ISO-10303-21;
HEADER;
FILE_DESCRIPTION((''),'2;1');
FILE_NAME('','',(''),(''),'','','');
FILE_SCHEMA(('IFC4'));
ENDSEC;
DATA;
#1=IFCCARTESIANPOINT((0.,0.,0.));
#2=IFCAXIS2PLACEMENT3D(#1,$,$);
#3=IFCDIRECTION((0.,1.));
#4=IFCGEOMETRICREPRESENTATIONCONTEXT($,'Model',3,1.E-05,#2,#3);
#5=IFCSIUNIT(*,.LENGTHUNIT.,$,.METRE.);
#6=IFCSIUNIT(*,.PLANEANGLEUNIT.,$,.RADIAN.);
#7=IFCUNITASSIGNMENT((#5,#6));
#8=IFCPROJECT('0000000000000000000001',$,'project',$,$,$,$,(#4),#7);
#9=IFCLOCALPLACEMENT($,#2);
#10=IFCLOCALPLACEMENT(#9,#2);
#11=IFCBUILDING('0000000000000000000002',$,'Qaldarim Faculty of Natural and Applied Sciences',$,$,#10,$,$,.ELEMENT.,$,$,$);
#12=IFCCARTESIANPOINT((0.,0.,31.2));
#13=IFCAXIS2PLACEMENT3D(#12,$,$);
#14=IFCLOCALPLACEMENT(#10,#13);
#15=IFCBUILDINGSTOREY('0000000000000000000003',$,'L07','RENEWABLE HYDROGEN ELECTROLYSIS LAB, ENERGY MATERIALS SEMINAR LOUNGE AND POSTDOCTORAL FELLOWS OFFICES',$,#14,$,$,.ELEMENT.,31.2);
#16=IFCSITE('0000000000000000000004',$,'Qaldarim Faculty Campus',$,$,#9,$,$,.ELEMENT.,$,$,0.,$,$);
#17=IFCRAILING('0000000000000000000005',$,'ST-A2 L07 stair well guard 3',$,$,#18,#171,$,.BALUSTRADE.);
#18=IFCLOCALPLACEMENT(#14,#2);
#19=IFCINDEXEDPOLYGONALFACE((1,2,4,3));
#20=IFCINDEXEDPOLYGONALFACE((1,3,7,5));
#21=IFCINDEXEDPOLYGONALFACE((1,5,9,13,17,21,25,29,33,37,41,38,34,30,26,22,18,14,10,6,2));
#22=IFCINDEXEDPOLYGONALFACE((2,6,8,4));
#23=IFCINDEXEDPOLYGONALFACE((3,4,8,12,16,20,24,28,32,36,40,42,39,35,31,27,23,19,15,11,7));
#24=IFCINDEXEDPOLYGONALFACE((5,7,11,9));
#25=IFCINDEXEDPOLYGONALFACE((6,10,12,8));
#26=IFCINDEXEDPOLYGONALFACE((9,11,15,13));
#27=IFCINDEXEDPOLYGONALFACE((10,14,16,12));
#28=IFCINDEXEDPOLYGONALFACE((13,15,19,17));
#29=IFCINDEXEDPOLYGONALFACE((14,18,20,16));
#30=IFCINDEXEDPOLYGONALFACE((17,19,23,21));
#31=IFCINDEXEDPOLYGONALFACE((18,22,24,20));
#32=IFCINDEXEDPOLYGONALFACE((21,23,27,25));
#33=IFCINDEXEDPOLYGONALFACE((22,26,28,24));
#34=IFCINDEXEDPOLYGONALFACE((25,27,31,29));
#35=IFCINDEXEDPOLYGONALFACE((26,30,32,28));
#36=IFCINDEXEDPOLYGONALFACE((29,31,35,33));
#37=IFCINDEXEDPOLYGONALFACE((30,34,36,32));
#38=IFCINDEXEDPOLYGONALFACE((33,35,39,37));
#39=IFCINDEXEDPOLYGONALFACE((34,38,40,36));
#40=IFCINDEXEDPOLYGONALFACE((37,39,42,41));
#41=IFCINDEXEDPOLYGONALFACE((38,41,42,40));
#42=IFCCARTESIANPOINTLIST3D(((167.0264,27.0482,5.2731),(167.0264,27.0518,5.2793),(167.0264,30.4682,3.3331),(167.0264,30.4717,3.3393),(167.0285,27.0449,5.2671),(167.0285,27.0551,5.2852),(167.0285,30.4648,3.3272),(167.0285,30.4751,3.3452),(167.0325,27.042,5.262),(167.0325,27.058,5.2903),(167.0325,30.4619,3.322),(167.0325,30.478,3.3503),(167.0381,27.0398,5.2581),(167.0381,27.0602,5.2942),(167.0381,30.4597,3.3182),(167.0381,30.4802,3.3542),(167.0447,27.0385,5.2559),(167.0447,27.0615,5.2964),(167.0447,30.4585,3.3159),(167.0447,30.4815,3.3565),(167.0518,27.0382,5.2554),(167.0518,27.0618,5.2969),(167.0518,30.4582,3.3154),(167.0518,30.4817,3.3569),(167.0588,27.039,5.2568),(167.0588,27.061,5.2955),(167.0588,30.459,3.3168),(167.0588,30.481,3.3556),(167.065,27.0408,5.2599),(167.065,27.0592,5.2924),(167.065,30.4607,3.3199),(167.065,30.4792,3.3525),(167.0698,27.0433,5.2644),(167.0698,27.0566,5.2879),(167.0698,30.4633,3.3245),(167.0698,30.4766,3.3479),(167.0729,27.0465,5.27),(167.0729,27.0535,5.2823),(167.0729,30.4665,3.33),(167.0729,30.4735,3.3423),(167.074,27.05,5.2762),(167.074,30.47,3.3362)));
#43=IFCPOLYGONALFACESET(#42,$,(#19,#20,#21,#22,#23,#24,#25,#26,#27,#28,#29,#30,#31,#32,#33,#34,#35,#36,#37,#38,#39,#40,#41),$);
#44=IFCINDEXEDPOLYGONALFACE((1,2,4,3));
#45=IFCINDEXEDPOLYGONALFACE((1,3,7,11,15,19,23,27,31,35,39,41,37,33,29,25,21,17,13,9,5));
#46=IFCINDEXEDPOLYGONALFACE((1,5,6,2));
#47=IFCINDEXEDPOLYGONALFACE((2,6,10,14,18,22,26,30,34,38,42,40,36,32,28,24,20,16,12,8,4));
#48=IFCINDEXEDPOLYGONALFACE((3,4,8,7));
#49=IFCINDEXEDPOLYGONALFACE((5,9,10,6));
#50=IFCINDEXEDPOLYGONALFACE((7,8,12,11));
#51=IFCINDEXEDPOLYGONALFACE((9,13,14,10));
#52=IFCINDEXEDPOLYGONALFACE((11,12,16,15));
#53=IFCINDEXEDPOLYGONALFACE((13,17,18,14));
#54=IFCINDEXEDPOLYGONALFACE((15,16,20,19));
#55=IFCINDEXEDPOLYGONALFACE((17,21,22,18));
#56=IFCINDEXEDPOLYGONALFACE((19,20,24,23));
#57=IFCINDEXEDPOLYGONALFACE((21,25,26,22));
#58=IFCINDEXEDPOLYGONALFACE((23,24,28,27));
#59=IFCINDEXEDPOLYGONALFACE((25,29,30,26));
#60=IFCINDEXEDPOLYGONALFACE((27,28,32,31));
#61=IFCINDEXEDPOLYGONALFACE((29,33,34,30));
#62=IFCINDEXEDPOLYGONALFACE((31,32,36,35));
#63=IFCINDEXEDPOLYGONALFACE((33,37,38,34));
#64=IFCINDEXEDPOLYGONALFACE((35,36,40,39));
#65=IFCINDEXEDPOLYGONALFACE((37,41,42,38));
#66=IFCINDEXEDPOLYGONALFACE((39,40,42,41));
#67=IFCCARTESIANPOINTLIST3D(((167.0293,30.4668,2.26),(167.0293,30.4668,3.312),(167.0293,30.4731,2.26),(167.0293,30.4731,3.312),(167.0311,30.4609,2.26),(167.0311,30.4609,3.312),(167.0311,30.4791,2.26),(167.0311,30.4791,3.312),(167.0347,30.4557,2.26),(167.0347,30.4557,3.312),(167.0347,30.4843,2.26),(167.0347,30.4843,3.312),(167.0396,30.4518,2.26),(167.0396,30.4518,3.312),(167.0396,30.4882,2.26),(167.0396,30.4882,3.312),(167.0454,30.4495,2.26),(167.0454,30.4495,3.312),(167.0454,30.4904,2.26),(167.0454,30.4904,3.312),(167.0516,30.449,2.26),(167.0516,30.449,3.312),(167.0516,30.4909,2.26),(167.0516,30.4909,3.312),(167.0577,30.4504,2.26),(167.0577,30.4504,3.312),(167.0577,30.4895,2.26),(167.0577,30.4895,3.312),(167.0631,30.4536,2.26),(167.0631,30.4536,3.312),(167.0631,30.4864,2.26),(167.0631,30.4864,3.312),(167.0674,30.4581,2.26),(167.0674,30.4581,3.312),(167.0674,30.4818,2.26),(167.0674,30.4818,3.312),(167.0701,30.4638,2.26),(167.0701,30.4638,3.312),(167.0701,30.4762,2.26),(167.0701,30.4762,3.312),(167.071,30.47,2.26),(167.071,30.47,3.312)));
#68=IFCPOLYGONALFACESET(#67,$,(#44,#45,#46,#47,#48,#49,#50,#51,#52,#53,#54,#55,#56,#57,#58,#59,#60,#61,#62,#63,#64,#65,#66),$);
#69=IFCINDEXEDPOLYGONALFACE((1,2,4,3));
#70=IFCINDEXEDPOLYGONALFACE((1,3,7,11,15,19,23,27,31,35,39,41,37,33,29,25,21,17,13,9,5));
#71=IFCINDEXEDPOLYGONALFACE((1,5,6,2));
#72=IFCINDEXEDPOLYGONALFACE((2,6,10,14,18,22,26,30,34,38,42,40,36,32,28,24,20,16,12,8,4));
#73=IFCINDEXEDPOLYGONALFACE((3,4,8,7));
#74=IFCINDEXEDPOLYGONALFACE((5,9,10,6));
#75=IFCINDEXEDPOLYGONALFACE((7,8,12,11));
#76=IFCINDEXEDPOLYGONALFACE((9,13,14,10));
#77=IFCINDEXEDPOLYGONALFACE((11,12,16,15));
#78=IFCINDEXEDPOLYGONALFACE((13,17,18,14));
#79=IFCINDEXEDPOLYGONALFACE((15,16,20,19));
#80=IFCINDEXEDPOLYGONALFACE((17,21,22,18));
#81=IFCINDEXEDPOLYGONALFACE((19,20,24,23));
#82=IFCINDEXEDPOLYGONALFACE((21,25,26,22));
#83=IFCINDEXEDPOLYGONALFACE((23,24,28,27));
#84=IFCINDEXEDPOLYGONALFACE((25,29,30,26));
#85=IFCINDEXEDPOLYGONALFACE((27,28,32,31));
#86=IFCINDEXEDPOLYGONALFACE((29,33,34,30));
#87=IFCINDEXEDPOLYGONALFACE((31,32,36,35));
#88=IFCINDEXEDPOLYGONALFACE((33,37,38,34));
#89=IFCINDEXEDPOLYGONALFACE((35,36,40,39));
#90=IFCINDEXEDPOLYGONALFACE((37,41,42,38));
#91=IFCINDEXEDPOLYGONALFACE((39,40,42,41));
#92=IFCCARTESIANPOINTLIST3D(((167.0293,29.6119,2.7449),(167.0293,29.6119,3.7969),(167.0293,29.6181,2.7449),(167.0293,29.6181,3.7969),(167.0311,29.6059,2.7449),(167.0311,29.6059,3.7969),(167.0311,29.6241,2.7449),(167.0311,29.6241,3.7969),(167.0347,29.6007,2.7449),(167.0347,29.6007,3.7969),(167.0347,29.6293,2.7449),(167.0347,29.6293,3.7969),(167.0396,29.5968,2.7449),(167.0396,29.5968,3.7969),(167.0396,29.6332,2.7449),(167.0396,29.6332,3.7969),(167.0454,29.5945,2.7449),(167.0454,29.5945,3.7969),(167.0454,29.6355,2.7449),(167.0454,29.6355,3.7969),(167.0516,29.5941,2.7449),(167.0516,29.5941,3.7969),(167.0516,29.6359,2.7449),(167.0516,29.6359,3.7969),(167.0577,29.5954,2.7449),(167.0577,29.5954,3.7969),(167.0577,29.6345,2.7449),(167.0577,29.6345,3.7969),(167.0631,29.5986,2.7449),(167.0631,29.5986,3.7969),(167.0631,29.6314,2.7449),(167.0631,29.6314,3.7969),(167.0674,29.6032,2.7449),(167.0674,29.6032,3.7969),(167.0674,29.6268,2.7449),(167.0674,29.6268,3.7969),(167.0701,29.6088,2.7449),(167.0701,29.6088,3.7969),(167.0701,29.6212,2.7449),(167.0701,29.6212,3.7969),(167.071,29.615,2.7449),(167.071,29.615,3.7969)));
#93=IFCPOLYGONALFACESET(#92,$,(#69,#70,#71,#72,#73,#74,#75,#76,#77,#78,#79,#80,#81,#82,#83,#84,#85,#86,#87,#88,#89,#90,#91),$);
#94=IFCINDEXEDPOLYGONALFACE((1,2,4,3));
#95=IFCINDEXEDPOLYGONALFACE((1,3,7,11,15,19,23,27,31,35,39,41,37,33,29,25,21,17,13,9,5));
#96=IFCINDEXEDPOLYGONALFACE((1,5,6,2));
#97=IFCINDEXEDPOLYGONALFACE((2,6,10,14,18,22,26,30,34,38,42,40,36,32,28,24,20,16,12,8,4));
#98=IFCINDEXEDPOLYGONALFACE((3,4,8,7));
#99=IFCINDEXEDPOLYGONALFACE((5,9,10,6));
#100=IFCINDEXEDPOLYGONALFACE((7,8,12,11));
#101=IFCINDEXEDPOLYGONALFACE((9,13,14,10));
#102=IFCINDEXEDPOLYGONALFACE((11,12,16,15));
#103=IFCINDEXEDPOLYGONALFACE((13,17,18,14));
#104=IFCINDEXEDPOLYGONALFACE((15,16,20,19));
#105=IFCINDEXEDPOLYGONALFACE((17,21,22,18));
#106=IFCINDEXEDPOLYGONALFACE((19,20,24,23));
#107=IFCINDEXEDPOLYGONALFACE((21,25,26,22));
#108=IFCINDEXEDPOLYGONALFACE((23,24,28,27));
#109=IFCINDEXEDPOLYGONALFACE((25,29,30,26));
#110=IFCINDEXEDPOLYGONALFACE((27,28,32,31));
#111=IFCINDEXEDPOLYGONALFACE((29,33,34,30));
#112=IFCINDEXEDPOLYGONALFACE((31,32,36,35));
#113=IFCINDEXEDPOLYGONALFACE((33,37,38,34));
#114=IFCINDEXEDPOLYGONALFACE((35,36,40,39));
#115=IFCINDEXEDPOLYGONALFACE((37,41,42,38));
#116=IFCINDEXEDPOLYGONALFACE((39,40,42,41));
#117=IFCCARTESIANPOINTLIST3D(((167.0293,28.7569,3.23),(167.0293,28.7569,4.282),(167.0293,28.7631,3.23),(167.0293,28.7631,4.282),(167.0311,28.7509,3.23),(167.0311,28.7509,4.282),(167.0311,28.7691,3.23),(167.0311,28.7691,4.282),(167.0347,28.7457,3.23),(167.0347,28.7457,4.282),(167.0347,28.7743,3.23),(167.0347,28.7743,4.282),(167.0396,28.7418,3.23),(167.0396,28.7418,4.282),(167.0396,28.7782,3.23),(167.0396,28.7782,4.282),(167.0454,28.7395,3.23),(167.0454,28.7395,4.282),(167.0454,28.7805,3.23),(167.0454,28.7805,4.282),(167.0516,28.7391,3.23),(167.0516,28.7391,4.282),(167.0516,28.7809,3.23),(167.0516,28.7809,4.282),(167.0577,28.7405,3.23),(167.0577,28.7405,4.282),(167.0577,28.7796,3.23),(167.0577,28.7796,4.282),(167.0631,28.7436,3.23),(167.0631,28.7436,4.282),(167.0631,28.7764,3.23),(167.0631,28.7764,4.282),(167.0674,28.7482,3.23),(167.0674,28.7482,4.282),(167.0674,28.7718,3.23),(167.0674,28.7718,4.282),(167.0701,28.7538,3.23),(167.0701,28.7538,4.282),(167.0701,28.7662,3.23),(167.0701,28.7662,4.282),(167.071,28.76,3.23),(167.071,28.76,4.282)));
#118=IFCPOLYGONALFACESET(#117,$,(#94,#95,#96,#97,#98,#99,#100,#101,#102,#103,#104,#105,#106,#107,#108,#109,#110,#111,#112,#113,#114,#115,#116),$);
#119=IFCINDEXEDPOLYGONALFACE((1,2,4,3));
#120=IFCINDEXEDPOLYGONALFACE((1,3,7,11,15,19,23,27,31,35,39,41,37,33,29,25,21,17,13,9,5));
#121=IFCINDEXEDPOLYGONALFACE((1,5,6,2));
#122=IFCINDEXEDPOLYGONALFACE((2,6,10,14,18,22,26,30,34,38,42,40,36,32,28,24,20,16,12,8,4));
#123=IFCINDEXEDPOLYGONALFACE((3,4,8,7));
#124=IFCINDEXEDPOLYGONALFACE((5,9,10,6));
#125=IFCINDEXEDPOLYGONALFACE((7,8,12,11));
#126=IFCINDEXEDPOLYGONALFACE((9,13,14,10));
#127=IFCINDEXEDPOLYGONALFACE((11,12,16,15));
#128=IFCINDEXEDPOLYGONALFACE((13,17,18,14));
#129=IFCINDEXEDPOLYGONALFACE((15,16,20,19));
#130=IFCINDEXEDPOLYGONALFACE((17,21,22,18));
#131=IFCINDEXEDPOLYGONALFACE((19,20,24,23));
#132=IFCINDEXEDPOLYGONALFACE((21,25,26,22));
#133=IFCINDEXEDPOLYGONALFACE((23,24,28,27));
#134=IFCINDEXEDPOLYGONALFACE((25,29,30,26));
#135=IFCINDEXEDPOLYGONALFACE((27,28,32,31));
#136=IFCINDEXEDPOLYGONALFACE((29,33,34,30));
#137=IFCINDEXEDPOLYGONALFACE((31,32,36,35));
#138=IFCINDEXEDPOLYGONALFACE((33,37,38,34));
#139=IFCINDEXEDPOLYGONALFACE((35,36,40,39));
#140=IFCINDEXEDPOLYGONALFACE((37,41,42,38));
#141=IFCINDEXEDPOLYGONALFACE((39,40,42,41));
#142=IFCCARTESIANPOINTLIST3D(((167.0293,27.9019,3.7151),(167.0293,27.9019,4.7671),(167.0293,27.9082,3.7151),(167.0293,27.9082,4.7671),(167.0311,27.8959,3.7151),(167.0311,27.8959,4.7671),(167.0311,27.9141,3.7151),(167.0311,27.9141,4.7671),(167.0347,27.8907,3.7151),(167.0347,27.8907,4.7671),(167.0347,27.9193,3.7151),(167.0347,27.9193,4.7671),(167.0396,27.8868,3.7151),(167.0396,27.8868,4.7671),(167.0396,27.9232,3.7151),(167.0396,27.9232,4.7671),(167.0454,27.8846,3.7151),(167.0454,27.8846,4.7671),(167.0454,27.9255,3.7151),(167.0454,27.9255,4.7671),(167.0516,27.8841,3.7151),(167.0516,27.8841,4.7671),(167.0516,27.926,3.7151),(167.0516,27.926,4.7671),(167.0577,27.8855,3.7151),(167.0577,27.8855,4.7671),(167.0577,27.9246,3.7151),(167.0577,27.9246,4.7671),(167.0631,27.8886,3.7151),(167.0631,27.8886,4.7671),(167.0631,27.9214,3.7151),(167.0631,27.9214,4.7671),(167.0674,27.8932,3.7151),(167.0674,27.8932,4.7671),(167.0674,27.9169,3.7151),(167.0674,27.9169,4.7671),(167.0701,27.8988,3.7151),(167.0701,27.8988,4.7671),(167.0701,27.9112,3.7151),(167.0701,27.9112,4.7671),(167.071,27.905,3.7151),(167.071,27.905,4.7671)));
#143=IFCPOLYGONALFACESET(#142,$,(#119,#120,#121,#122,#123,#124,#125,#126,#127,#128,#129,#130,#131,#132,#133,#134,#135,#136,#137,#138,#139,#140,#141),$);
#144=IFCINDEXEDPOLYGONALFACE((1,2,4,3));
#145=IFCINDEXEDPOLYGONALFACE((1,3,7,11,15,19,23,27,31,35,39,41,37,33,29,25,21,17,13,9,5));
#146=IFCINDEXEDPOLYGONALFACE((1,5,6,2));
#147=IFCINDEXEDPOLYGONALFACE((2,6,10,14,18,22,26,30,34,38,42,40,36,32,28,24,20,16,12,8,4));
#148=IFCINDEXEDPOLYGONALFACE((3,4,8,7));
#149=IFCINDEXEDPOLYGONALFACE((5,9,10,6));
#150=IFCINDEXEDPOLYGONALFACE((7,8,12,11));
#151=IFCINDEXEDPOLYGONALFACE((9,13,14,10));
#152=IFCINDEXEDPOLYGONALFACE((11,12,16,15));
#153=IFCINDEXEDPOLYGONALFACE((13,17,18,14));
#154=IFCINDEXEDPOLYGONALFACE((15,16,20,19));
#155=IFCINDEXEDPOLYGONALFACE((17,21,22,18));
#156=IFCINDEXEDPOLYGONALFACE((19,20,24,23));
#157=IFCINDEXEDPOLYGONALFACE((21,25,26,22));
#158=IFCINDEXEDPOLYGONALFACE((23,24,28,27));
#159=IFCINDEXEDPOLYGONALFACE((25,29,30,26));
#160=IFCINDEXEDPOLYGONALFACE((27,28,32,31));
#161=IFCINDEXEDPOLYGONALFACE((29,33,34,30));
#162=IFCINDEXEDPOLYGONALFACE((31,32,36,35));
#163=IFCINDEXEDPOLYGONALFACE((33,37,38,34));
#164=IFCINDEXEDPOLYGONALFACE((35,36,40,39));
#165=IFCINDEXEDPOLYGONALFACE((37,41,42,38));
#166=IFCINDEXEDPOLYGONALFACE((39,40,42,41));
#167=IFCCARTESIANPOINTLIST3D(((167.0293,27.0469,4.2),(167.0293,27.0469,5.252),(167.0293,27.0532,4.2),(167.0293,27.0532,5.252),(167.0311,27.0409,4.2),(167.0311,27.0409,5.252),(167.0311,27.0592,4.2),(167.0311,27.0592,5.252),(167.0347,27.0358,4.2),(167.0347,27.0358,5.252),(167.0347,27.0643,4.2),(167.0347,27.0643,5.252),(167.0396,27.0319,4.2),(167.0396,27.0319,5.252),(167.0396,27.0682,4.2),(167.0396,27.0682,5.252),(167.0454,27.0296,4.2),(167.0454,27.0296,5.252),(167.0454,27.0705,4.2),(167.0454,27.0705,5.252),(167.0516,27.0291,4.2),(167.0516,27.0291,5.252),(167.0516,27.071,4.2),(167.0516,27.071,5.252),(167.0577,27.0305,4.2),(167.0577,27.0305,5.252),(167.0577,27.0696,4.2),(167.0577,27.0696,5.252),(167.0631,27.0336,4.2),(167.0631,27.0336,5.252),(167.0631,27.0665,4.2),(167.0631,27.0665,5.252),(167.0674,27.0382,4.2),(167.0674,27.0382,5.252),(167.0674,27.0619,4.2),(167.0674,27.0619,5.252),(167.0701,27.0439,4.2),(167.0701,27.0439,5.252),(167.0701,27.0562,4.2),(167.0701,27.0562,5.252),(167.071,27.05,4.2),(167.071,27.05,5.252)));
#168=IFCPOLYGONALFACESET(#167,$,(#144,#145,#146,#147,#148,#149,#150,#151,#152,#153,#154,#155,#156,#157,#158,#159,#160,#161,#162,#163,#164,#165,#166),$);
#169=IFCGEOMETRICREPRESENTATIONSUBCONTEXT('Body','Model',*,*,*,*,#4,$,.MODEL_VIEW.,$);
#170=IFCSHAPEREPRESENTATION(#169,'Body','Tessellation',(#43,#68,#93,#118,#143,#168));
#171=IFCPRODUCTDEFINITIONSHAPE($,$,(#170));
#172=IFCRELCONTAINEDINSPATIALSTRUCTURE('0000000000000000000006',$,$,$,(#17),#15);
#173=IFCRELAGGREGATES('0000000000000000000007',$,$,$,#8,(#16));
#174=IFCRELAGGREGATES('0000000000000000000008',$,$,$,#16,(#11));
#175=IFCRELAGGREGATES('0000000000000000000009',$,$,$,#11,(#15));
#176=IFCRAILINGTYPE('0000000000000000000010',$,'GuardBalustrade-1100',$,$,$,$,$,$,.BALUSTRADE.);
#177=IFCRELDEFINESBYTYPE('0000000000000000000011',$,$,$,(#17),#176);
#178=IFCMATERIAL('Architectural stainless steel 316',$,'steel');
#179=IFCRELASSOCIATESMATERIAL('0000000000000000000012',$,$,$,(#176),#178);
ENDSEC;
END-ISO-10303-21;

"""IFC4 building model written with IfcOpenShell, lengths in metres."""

from ifc_helpers import new_model, si_unit, direction, frame, origin, origin_2d, place, context, subcontext, project, spatial, circle, extrude, material, type_object, element, save


model = new_model("IFC4")

# Units and contexts
model_context = context("Model", 3, precision=1e-05, world=origin(), true_north=direction((0.0, 1.0)))
body_context = subcontext(model_context, "Body", "Model", "MODEL_VIEW")
ifc_project = project(units=[si_unit("LENGTHUNIT", "METRE"), si_unit("PLANEANGLEUNIT", "RADIAN")], contexts=[model_context])

# Site, building, storey
site_placement = place(None, origin())
site = spatial("IfcSite", under=ifc_project, at=site_placement, Name="Qaldarim Faculty Campus", CompositionType="ELEMENT", RefElevation=0.0)
building_placement = place(site_placement, origin())
building = spatial("IfcBuilding", under=site, at=building_placement, Name="Qaldarim Faculty of Natural and Applied Sciences", CompositionType="ELEMENT")
storey_placement = place(building_placement, frame((0.0, 0.0, 31.2)))
storey = spatial("IfcBuildingStorey", under=building, at=storey_placement, Name="L07", Description="RENEWABLE HYDROGEN ELECTROLYSIS LAB, ENERGY MATERIALS SEMINAR LOUNGE AND POSTDOCTORAL FELLOWS OFFICES", CompositionType="ELEMENT", Elevation=31.2)

# Shared definitions
ifc_material_1 = material(Name="Architectural stainless steel 316", Category="steel")

# Railing
railing_type_1 = type_object("IfcRailingType", Name="GuardBalustrade-1100", PredefinedType="BALUSTRADE", material=ifc_material_1)
railing_1_placement = place(storey_placement, frame((167.05, 30.47, 2.26)))
element("IfcRailing", 1, at=railing_1_placement, inside=storey, type_object=railing_type_1, Name="ST-A2 L07 stair well guard 3", PredefinedType="BALUSTRADE", context=body_context, shape_type="SweptSolid", body=[
    extrude(circle(Radius=0.0239, at=origin_2d()), frame((0.0, 0.0, 1.0762), z_axis=(0.0, -0.869805, 0.493395), x_axis=(1.0, 0.0, 0.0)), (0.0, 0.0, 1.0), 3.9319),
    extrude(circle(Radius=0.021, at=origin_2d()), origin(), (0.0, 0.0, 1.0), 1.052),
    extrude(circle(Radius=0.021, at=origin_2d()), frame((0.0, -0.855, 0.4849)), (0.0, 0.0, 1.0), 1.052),
    extrude(circle(Radius=0.021, at=origin_2d()), frame((0.0, -1.71, 0.97)), (0.0, 0.0, 1.0), 1.052),
    extrude(circle(Radius=0.021, at=origin_2d()), frame((0.0, -2.5649, 1.4551)), (0.0, 0.0, 1.0), 1.052),
    extrude(circle(Radius=0.021, at=origin_2d()), frame((0.0, -3.4199, 1.9399)), (0.0, 0.0, 1.0), 1.052),
])

save(model, "model.ifc")
